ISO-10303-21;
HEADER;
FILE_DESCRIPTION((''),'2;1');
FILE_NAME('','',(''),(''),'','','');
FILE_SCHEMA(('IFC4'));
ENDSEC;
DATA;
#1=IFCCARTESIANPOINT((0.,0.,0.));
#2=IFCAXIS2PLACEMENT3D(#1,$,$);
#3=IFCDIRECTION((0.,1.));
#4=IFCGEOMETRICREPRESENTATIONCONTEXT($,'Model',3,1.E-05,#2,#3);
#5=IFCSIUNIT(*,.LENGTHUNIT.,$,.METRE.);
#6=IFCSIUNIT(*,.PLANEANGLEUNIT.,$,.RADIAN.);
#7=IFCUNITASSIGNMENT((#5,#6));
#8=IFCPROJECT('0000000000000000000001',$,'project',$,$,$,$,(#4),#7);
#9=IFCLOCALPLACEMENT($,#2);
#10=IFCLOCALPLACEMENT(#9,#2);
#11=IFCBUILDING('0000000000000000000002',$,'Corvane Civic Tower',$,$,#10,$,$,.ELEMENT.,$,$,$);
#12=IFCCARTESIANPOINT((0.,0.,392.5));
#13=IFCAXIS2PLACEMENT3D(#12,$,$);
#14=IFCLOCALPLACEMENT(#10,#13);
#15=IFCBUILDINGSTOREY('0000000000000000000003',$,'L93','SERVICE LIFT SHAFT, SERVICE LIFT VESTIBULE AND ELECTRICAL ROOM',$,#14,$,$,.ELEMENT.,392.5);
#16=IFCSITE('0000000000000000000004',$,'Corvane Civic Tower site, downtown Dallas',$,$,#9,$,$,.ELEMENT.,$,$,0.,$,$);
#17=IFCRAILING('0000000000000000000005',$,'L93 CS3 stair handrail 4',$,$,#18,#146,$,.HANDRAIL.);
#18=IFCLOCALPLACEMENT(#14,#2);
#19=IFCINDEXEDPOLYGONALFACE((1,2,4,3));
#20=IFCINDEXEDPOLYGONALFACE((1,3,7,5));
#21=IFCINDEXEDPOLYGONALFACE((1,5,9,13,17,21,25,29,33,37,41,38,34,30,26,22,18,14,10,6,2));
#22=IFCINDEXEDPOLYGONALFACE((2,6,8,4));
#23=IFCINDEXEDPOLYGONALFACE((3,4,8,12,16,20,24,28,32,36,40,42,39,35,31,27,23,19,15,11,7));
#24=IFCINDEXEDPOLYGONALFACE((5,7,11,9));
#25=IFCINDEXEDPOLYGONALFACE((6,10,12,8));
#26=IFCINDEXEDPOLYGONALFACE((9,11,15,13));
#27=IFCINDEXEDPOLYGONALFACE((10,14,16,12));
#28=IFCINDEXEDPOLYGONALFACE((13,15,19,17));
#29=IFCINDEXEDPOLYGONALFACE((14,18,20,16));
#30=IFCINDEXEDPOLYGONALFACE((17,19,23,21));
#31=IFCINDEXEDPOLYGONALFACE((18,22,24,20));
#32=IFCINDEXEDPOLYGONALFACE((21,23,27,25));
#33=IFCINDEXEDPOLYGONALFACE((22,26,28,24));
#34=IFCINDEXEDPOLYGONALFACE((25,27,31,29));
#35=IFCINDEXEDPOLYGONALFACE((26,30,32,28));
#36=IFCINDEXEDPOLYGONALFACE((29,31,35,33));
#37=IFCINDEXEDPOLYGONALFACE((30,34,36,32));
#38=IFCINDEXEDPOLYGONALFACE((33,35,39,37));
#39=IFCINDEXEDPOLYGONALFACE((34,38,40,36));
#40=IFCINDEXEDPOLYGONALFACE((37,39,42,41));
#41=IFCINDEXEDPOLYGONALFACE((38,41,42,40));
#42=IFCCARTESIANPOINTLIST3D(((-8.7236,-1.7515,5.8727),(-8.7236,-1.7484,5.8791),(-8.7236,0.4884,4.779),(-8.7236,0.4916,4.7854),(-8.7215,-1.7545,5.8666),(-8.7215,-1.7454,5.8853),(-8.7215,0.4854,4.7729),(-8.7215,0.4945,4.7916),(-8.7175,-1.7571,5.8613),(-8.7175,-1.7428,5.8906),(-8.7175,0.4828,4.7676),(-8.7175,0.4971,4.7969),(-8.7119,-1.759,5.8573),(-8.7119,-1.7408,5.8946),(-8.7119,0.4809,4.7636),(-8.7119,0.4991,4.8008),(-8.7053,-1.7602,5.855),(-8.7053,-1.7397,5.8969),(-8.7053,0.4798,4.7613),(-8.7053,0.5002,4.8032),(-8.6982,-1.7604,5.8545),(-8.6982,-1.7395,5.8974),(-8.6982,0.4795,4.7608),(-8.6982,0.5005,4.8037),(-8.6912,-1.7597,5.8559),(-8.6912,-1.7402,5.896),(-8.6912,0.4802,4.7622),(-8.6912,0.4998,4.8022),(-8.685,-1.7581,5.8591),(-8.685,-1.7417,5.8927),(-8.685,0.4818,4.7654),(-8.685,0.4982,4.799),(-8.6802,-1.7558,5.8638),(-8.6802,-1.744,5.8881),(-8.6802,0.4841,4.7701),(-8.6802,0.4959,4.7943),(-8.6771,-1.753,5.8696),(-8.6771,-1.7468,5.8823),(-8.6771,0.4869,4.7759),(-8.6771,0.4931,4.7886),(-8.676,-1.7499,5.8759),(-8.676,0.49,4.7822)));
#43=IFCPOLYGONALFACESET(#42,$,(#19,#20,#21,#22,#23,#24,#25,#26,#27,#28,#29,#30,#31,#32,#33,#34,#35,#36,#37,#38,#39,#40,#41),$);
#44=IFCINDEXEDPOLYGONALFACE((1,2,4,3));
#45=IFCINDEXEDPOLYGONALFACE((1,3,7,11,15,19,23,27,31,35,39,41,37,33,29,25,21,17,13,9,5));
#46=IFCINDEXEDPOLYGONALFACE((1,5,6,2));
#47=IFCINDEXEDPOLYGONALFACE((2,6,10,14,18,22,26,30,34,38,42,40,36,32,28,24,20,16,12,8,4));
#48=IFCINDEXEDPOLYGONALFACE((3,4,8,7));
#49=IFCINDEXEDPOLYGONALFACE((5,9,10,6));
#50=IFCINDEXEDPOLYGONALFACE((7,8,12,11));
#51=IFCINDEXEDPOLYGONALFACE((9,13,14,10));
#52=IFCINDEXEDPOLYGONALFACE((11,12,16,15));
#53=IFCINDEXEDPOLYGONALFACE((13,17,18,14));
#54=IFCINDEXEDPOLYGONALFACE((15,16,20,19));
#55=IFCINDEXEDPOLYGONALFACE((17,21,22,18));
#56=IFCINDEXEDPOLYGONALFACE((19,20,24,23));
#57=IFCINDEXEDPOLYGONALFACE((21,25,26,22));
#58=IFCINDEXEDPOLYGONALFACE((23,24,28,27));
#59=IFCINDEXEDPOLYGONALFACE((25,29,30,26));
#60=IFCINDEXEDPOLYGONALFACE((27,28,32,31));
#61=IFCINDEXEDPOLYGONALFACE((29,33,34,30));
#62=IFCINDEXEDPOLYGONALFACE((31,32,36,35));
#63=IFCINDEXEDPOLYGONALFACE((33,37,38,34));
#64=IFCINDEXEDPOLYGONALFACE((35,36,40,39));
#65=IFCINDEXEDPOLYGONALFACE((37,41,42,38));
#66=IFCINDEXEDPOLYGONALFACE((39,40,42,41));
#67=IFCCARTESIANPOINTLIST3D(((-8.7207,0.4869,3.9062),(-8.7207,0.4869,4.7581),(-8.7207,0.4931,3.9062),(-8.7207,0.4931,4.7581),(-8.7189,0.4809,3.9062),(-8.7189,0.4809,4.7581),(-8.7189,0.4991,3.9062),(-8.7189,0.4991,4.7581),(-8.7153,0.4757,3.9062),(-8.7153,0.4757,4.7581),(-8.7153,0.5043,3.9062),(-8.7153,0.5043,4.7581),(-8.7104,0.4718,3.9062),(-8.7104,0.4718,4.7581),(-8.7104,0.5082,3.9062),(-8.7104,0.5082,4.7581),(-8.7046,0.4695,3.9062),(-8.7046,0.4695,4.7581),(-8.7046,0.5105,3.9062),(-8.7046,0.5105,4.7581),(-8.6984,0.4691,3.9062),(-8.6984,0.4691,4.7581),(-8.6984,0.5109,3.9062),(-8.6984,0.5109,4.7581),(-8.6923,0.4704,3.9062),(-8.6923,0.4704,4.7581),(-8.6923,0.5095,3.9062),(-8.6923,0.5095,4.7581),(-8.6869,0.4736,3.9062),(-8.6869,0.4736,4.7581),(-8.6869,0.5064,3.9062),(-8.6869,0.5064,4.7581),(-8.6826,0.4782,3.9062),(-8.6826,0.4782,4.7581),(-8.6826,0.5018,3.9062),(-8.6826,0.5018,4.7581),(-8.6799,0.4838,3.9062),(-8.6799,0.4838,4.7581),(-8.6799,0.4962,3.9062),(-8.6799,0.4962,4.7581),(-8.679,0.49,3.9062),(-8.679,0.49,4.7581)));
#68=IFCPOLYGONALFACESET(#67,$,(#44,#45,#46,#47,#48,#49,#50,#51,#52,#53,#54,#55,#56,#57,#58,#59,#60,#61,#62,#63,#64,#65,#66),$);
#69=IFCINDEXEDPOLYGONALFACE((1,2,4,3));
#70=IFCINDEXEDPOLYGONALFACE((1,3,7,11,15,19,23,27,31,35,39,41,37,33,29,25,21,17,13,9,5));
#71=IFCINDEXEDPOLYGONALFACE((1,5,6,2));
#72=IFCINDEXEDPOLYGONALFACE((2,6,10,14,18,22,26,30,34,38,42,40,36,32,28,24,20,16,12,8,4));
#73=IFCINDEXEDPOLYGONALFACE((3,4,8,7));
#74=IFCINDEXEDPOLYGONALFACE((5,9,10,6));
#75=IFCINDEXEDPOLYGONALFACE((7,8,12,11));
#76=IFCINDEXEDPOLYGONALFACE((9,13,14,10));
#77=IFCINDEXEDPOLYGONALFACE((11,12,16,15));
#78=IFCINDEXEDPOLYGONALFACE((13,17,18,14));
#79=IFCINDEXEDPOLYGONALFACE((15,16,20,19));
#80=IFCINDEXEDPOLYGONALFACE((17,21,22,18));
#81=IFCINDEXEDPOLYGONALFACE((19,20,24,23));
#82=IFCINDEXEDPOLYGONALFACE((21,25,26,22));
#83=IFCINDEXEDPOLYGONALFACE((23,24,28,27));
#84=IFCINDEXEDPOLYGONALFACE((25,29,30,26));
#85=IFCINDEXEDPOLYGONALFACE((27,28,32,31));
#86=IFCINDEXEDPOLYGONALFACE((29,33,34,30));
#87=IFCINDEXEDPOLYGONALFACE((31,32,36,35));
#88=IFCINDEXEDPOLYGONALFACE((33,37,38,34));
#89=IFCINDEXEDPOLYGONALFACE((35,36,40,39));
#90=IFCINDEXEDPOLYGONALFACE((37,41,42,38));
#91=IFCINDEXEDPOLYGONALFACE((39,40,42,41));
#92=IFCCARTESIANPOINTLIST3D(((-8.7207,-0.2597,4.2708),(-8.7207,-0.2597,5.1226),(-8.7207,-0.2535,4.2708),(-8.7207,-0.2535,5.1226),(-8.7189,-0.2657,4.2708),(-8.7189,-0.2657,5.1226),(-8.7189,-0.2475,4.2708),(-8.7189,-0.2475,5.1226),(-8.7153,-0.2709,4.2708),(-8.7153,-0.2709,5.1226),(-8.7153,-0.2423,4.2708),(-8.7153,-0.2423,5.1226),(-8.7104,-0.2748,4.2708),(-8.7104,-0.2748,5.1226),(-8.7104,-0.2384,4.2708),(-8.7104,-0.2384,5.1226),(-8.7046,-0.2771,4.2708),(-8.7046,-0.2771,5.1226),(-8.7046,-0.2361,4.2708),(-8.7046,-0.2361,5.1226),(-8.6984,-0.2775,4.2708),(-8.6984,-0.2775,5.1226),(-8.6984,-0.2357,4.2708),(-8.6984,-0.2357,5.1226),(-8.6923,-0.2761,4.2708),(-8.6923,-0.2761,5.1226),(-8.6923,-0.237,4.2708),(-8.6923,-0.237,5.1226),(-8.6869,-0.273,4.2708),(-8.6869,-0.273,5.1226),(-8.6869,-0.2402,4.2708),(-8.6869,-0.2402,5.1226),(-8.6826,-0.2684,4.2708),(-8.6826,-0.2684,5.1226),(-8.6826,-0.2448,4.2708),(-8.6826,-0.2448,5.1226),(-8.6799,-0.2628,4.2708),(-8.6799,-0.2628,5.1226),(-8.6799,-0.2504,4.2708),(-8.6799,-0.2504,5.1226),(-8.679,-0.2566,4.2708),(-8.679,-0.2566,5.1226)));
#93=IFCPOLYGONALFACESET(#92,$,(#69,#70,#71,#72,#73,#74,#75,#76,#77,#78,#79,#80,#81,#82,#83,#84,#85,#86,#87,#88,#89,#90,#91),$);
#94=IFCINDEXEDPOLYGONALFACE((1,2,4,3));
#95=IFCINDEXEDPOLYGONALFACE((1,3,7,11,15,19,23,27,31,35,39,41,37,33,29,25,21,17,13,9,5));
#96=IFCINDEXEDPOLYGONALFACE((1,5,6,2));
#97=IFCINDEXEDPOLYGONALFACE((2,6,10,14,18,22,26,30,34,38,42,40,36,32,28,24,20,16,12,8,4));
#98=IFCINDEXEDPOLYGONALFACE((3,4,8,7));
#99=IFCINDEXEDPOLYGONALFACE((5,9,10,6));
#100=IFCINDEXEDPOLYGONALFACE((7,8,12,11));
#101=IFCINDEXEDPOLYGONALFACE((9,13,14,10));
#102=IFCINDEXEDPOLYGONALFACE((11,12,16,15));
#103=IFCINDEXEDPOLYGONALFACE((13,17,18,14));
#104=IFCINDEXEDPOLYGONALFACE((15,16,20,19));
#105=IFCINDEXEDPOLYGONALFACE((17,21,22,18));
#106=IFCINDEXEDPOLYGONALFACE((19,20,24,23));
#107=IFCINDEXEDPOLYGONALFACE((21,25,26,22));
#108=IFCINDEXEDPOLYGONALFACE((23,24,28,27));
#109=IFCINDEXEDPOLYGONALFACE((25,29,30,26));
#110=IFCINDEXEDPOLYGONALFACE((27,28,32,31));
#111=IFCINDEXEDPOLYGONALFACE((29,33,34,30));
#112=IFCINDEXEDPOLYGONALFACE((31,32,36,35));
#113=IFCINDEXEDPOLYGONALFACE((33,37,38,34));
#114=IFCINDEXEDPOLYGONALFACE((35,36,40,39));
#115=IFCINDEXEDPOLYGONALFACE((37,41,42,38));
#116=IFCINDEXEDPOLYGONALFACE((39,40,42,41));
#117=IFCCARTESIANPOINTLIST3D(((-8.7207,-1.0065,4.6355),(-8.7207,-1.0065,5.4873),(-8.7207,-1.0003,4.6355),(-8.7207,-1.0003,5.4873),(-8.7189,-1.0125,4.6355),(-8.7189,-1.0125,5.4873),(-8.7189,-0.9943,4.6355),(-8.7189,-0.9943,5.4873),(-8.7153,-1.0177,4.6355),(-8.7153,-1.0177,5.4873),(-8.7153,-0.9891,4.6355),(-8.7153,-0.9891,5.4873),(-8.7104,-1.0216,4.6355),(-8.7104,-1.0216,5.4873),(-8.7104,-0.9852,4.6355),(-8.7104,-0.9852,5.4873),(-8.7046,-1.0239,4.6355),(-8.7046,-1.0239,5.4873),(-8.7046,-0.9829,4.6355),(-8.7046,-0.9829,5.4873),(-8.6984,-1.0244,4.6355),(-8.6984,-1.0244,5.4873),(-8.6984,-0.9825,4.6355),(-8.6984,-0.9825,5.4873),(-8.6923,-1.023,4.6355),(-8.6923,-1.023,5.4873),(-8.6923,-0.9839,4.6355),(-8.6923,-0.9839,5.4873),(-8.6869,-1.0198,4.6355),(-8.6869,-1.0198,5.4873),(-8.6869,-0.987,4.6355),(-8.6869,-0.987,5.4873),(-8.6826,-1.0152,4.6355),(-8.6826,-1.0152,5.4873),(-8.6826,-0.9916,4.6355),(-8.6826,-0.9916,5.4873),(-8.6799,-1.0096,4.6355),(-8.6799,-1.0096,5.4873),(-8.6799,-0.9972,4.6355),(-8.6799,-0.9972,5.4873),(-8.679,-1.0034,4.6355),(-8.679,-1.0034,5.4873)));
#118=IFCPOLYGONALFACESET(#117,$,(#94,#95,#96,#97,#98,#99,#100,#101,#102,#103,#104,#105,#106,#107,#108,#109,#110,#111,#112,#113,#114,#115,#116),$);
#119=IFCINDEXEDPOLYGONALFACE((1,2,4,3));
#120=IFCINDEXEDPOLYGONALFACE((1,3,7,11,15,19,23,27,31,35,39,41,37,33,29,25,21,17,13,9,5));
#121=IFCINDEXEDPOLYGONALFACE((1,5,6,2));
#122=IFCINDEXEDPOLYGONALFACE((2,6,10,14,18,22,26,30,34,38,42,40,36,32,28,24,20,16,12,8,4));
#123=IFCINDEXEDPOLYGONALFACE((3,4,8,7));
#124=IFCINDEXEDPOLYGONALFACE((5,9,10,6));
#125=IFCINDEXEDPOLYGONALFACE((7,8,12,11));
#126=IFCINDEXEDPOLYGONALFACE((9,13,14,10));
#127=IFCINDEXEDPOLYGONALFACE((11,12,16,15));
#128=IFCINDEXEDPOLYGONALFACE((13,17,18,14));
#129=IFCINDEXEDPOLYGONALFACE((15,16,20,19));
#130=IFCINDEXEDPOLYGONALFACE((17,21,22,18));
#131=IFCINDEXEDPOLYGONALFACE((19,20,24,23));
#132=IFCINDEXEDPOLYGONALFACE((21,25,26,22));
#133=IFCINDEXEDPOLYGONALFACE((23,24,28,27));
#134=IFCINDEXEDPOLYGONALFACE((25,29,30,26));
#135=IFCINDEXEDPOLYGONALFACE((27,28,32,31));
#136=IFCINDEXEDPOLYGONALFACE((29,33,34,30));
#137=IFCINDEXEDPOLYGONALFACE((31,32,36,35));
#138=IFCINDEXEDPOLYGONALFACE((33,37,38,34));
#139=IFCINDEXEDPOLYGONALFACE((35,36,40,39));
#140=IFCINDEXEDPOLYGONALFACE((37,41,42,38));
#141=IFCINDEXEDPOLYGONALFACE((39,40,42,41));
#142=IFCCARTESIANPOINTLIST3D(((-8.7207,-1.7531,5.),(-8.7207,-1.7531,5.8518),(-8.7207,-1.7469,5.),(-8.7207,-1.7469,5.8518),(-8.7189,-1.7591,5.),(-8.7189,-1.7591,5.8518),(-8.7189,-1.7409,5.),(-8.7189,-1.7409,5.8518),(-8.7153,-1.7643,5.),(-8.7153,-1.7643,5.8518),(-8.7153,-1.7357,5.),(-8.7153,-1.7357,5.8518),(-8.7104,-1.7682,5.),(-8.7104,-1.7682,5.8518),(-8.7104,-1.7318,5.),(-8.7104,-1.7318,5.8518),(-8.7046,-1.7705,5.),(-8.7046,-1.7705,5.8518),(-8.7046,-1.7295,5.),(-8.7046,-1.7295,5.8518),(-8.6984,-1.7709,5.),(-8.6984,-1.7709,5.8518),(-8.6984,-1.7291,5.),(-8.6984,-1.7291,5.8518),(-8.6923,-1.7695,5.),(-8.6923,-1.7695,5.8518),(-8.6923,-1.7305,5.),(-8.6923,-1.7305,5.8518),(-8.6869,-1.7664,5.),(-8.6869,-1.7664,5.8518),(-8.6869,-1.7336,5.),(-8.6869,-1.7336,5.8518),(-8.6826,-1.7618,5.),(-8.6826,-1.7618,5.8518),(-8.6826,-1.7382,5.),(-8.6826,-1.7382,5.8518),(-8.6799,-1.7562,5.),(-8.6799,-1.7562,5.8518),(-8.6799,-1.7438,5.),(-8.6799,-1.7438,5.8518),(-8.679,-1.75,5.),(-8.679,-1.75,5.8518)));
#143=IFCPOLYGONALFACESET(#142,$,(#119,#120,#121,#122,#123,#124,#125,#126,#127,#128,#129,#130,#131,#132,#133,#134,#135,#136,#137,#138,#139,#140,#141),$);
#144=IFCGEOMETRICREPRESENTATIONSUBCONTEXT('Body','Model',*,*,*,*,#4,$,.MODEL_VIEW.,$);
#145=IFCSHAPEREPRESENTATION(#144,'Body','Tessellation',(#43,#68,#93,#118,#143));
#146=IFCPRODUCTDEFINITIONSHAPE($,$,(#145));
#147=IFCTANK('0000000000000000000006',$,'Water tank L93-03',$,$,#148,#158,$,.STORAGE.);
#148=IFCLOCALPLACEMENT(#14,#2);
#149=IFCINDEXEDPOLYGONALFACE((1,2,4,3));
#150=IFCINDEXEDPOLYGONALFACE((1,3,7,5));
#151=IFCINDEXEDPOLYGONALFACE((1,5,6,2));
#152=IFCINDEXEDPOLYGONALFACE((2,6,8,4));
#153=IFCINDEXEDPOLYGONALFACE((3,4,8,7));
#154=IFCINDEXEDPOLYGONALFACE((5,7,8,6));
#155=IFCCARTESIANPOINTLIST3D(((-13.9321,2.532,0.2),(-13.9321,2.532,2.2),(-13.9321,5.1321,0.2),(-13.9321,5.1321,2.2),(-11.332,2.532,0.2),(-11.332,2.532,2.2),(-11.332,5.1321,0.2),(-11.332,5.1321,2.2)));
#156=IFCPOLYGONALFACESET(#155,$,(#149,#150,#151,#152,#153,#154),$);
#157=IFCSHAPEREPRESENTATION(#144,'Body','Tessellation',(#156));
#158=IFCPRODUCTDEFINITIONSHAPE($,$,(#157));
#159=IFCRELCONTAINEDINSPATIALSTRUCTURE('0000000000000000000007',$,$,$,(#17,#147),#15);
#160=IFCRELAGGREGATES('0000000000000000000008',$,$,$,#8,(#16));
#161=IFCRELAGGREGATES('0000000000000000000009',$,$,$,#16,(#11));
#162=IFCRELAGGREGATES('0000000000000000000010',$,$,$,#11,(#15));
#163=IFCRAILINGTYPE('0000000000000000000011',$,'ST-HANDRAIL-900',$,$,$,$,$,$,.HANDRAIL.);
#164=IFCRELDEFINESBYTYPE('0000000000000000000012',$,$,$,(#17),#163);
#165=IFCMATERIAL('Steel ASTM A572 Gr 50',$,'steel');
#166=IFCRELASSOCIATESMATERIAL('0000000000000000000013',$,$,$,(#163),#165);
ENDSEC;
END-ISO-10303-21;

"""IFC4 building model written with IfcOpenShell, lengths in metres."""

from ifc_helpers import new_model, si_unit, direction, frame, origin, origin_2d, place, context, subcontext, project, spatial, rectangle, circle, extrude, material, type_object, element, save


model = new_model("IFC4")

# Units and contexts
model_context = context("Model", 3, precision=1e-05, world=origin(), true_north=direction((0.0, 1.0)))
body_context = subcontext(model_context, "Body", "Model", "MODEL_VIEW")
ifc_project = project(units=[si_unit("LENGTHUNIT", "METRE"), si_unit("PLANEANGLEUNIT", "RADIAN")], contexts=[model_context])

# Site, building, storey
site_placement = place(None, origin())
site = spatial("IfcSite", under=ifc_project, at=site_placement, Name="Corvane Civic Tower site, downtown Dallas", CompositionType="ELEMENT", RefElevation=0.0)
building_placement = place(site_placement, origin())
building = spatial("IfcBuilding", under=site, at=building_placement, Name="Corvane Civic Tower", CompositionType="ELEMENT")
storey_placement = place(building_placement, frame((0.0, 0.0, 392.5)))
storey = spatial("IfcBuildingStorey", under=building, at=storey_placement, Name="L93", Description="SERVICE LIFT SHAFT, SERVICE LIFT VESTIBULE AND ELECTRICAL ROOM", CompositionType="ELEMENT", Elevation=392.5)

# Railing
ifc_material_1 = material(Name="Steel ASTM A572 Gr 50", Category="steel")
railing_type = type_object("IfcRailingType", Name="ST-HANDRAIL-900", PredefinedType="HANDRAIL", material=ifc_material_1)
for number, where, name in (
    (1, (-8.7, 0.49, 3.9062), "L93 CS3 stair handrail 4"),
):
    element("IfcRailing", number, at=place(storey_placement, frame(where)), inside=storey, type_object=railing_type, Name=name, PredefinedType="HANDRAIL", context=body_context, shape_type="SweptSolid", body=[
        extrude(circle(Radius=0.0239, at=origin_2d()), frame((0.0, 0.0, 0.876), z_axis=(0.0, -0.898599, 0.438771), x_axis=(1.0, 0.0, 0.0)), (0.0, 0.0, 1.0), 2.4927),
        extrude(circle(Radius=0.021, at=origin_2d()), origin(), (0.0, 0.0, 1.0), 0.8518),
        extrude(circle(Radius=0.021, at=origin_2d()), frame((0.0, -0.7466, 0.3645)), (0.0, 0.0, 1.0), 0.8518),
        extrude(circle(Radius=0.021, at=origin_2d()), frame((0.0, -1.4934, 0.7292)), (0.0, 0.0, 1.0), 0.8518),
        extrude(circle(Radius=0.021, at=origin_2d()), frame((0.0, -2.24, 1.0938)), (0.0, 0.0, 1.0), 0.8518),
    ])

# Tank
tank_placement = place(storey_placement, frame((-12.6321, 3.832, 0.2), z_axis=(0.0, 0.0, 1.0), x_axis=(1.0, 0.0, 0.0)))
element("IfcTank", 2, at=tank_placement, inside=storey, Name="Water tank L93-03", PredefinedType="STORAGE", context=body_context, shape_type="SweptSolid", body=[
    extrude(rectangle(XDim=2.6001, YDim=2.6001, at=origin_2d()), origin(), (0.0, 0.0, 1.0), 2.0),
])

save(model, "model.ifc")
